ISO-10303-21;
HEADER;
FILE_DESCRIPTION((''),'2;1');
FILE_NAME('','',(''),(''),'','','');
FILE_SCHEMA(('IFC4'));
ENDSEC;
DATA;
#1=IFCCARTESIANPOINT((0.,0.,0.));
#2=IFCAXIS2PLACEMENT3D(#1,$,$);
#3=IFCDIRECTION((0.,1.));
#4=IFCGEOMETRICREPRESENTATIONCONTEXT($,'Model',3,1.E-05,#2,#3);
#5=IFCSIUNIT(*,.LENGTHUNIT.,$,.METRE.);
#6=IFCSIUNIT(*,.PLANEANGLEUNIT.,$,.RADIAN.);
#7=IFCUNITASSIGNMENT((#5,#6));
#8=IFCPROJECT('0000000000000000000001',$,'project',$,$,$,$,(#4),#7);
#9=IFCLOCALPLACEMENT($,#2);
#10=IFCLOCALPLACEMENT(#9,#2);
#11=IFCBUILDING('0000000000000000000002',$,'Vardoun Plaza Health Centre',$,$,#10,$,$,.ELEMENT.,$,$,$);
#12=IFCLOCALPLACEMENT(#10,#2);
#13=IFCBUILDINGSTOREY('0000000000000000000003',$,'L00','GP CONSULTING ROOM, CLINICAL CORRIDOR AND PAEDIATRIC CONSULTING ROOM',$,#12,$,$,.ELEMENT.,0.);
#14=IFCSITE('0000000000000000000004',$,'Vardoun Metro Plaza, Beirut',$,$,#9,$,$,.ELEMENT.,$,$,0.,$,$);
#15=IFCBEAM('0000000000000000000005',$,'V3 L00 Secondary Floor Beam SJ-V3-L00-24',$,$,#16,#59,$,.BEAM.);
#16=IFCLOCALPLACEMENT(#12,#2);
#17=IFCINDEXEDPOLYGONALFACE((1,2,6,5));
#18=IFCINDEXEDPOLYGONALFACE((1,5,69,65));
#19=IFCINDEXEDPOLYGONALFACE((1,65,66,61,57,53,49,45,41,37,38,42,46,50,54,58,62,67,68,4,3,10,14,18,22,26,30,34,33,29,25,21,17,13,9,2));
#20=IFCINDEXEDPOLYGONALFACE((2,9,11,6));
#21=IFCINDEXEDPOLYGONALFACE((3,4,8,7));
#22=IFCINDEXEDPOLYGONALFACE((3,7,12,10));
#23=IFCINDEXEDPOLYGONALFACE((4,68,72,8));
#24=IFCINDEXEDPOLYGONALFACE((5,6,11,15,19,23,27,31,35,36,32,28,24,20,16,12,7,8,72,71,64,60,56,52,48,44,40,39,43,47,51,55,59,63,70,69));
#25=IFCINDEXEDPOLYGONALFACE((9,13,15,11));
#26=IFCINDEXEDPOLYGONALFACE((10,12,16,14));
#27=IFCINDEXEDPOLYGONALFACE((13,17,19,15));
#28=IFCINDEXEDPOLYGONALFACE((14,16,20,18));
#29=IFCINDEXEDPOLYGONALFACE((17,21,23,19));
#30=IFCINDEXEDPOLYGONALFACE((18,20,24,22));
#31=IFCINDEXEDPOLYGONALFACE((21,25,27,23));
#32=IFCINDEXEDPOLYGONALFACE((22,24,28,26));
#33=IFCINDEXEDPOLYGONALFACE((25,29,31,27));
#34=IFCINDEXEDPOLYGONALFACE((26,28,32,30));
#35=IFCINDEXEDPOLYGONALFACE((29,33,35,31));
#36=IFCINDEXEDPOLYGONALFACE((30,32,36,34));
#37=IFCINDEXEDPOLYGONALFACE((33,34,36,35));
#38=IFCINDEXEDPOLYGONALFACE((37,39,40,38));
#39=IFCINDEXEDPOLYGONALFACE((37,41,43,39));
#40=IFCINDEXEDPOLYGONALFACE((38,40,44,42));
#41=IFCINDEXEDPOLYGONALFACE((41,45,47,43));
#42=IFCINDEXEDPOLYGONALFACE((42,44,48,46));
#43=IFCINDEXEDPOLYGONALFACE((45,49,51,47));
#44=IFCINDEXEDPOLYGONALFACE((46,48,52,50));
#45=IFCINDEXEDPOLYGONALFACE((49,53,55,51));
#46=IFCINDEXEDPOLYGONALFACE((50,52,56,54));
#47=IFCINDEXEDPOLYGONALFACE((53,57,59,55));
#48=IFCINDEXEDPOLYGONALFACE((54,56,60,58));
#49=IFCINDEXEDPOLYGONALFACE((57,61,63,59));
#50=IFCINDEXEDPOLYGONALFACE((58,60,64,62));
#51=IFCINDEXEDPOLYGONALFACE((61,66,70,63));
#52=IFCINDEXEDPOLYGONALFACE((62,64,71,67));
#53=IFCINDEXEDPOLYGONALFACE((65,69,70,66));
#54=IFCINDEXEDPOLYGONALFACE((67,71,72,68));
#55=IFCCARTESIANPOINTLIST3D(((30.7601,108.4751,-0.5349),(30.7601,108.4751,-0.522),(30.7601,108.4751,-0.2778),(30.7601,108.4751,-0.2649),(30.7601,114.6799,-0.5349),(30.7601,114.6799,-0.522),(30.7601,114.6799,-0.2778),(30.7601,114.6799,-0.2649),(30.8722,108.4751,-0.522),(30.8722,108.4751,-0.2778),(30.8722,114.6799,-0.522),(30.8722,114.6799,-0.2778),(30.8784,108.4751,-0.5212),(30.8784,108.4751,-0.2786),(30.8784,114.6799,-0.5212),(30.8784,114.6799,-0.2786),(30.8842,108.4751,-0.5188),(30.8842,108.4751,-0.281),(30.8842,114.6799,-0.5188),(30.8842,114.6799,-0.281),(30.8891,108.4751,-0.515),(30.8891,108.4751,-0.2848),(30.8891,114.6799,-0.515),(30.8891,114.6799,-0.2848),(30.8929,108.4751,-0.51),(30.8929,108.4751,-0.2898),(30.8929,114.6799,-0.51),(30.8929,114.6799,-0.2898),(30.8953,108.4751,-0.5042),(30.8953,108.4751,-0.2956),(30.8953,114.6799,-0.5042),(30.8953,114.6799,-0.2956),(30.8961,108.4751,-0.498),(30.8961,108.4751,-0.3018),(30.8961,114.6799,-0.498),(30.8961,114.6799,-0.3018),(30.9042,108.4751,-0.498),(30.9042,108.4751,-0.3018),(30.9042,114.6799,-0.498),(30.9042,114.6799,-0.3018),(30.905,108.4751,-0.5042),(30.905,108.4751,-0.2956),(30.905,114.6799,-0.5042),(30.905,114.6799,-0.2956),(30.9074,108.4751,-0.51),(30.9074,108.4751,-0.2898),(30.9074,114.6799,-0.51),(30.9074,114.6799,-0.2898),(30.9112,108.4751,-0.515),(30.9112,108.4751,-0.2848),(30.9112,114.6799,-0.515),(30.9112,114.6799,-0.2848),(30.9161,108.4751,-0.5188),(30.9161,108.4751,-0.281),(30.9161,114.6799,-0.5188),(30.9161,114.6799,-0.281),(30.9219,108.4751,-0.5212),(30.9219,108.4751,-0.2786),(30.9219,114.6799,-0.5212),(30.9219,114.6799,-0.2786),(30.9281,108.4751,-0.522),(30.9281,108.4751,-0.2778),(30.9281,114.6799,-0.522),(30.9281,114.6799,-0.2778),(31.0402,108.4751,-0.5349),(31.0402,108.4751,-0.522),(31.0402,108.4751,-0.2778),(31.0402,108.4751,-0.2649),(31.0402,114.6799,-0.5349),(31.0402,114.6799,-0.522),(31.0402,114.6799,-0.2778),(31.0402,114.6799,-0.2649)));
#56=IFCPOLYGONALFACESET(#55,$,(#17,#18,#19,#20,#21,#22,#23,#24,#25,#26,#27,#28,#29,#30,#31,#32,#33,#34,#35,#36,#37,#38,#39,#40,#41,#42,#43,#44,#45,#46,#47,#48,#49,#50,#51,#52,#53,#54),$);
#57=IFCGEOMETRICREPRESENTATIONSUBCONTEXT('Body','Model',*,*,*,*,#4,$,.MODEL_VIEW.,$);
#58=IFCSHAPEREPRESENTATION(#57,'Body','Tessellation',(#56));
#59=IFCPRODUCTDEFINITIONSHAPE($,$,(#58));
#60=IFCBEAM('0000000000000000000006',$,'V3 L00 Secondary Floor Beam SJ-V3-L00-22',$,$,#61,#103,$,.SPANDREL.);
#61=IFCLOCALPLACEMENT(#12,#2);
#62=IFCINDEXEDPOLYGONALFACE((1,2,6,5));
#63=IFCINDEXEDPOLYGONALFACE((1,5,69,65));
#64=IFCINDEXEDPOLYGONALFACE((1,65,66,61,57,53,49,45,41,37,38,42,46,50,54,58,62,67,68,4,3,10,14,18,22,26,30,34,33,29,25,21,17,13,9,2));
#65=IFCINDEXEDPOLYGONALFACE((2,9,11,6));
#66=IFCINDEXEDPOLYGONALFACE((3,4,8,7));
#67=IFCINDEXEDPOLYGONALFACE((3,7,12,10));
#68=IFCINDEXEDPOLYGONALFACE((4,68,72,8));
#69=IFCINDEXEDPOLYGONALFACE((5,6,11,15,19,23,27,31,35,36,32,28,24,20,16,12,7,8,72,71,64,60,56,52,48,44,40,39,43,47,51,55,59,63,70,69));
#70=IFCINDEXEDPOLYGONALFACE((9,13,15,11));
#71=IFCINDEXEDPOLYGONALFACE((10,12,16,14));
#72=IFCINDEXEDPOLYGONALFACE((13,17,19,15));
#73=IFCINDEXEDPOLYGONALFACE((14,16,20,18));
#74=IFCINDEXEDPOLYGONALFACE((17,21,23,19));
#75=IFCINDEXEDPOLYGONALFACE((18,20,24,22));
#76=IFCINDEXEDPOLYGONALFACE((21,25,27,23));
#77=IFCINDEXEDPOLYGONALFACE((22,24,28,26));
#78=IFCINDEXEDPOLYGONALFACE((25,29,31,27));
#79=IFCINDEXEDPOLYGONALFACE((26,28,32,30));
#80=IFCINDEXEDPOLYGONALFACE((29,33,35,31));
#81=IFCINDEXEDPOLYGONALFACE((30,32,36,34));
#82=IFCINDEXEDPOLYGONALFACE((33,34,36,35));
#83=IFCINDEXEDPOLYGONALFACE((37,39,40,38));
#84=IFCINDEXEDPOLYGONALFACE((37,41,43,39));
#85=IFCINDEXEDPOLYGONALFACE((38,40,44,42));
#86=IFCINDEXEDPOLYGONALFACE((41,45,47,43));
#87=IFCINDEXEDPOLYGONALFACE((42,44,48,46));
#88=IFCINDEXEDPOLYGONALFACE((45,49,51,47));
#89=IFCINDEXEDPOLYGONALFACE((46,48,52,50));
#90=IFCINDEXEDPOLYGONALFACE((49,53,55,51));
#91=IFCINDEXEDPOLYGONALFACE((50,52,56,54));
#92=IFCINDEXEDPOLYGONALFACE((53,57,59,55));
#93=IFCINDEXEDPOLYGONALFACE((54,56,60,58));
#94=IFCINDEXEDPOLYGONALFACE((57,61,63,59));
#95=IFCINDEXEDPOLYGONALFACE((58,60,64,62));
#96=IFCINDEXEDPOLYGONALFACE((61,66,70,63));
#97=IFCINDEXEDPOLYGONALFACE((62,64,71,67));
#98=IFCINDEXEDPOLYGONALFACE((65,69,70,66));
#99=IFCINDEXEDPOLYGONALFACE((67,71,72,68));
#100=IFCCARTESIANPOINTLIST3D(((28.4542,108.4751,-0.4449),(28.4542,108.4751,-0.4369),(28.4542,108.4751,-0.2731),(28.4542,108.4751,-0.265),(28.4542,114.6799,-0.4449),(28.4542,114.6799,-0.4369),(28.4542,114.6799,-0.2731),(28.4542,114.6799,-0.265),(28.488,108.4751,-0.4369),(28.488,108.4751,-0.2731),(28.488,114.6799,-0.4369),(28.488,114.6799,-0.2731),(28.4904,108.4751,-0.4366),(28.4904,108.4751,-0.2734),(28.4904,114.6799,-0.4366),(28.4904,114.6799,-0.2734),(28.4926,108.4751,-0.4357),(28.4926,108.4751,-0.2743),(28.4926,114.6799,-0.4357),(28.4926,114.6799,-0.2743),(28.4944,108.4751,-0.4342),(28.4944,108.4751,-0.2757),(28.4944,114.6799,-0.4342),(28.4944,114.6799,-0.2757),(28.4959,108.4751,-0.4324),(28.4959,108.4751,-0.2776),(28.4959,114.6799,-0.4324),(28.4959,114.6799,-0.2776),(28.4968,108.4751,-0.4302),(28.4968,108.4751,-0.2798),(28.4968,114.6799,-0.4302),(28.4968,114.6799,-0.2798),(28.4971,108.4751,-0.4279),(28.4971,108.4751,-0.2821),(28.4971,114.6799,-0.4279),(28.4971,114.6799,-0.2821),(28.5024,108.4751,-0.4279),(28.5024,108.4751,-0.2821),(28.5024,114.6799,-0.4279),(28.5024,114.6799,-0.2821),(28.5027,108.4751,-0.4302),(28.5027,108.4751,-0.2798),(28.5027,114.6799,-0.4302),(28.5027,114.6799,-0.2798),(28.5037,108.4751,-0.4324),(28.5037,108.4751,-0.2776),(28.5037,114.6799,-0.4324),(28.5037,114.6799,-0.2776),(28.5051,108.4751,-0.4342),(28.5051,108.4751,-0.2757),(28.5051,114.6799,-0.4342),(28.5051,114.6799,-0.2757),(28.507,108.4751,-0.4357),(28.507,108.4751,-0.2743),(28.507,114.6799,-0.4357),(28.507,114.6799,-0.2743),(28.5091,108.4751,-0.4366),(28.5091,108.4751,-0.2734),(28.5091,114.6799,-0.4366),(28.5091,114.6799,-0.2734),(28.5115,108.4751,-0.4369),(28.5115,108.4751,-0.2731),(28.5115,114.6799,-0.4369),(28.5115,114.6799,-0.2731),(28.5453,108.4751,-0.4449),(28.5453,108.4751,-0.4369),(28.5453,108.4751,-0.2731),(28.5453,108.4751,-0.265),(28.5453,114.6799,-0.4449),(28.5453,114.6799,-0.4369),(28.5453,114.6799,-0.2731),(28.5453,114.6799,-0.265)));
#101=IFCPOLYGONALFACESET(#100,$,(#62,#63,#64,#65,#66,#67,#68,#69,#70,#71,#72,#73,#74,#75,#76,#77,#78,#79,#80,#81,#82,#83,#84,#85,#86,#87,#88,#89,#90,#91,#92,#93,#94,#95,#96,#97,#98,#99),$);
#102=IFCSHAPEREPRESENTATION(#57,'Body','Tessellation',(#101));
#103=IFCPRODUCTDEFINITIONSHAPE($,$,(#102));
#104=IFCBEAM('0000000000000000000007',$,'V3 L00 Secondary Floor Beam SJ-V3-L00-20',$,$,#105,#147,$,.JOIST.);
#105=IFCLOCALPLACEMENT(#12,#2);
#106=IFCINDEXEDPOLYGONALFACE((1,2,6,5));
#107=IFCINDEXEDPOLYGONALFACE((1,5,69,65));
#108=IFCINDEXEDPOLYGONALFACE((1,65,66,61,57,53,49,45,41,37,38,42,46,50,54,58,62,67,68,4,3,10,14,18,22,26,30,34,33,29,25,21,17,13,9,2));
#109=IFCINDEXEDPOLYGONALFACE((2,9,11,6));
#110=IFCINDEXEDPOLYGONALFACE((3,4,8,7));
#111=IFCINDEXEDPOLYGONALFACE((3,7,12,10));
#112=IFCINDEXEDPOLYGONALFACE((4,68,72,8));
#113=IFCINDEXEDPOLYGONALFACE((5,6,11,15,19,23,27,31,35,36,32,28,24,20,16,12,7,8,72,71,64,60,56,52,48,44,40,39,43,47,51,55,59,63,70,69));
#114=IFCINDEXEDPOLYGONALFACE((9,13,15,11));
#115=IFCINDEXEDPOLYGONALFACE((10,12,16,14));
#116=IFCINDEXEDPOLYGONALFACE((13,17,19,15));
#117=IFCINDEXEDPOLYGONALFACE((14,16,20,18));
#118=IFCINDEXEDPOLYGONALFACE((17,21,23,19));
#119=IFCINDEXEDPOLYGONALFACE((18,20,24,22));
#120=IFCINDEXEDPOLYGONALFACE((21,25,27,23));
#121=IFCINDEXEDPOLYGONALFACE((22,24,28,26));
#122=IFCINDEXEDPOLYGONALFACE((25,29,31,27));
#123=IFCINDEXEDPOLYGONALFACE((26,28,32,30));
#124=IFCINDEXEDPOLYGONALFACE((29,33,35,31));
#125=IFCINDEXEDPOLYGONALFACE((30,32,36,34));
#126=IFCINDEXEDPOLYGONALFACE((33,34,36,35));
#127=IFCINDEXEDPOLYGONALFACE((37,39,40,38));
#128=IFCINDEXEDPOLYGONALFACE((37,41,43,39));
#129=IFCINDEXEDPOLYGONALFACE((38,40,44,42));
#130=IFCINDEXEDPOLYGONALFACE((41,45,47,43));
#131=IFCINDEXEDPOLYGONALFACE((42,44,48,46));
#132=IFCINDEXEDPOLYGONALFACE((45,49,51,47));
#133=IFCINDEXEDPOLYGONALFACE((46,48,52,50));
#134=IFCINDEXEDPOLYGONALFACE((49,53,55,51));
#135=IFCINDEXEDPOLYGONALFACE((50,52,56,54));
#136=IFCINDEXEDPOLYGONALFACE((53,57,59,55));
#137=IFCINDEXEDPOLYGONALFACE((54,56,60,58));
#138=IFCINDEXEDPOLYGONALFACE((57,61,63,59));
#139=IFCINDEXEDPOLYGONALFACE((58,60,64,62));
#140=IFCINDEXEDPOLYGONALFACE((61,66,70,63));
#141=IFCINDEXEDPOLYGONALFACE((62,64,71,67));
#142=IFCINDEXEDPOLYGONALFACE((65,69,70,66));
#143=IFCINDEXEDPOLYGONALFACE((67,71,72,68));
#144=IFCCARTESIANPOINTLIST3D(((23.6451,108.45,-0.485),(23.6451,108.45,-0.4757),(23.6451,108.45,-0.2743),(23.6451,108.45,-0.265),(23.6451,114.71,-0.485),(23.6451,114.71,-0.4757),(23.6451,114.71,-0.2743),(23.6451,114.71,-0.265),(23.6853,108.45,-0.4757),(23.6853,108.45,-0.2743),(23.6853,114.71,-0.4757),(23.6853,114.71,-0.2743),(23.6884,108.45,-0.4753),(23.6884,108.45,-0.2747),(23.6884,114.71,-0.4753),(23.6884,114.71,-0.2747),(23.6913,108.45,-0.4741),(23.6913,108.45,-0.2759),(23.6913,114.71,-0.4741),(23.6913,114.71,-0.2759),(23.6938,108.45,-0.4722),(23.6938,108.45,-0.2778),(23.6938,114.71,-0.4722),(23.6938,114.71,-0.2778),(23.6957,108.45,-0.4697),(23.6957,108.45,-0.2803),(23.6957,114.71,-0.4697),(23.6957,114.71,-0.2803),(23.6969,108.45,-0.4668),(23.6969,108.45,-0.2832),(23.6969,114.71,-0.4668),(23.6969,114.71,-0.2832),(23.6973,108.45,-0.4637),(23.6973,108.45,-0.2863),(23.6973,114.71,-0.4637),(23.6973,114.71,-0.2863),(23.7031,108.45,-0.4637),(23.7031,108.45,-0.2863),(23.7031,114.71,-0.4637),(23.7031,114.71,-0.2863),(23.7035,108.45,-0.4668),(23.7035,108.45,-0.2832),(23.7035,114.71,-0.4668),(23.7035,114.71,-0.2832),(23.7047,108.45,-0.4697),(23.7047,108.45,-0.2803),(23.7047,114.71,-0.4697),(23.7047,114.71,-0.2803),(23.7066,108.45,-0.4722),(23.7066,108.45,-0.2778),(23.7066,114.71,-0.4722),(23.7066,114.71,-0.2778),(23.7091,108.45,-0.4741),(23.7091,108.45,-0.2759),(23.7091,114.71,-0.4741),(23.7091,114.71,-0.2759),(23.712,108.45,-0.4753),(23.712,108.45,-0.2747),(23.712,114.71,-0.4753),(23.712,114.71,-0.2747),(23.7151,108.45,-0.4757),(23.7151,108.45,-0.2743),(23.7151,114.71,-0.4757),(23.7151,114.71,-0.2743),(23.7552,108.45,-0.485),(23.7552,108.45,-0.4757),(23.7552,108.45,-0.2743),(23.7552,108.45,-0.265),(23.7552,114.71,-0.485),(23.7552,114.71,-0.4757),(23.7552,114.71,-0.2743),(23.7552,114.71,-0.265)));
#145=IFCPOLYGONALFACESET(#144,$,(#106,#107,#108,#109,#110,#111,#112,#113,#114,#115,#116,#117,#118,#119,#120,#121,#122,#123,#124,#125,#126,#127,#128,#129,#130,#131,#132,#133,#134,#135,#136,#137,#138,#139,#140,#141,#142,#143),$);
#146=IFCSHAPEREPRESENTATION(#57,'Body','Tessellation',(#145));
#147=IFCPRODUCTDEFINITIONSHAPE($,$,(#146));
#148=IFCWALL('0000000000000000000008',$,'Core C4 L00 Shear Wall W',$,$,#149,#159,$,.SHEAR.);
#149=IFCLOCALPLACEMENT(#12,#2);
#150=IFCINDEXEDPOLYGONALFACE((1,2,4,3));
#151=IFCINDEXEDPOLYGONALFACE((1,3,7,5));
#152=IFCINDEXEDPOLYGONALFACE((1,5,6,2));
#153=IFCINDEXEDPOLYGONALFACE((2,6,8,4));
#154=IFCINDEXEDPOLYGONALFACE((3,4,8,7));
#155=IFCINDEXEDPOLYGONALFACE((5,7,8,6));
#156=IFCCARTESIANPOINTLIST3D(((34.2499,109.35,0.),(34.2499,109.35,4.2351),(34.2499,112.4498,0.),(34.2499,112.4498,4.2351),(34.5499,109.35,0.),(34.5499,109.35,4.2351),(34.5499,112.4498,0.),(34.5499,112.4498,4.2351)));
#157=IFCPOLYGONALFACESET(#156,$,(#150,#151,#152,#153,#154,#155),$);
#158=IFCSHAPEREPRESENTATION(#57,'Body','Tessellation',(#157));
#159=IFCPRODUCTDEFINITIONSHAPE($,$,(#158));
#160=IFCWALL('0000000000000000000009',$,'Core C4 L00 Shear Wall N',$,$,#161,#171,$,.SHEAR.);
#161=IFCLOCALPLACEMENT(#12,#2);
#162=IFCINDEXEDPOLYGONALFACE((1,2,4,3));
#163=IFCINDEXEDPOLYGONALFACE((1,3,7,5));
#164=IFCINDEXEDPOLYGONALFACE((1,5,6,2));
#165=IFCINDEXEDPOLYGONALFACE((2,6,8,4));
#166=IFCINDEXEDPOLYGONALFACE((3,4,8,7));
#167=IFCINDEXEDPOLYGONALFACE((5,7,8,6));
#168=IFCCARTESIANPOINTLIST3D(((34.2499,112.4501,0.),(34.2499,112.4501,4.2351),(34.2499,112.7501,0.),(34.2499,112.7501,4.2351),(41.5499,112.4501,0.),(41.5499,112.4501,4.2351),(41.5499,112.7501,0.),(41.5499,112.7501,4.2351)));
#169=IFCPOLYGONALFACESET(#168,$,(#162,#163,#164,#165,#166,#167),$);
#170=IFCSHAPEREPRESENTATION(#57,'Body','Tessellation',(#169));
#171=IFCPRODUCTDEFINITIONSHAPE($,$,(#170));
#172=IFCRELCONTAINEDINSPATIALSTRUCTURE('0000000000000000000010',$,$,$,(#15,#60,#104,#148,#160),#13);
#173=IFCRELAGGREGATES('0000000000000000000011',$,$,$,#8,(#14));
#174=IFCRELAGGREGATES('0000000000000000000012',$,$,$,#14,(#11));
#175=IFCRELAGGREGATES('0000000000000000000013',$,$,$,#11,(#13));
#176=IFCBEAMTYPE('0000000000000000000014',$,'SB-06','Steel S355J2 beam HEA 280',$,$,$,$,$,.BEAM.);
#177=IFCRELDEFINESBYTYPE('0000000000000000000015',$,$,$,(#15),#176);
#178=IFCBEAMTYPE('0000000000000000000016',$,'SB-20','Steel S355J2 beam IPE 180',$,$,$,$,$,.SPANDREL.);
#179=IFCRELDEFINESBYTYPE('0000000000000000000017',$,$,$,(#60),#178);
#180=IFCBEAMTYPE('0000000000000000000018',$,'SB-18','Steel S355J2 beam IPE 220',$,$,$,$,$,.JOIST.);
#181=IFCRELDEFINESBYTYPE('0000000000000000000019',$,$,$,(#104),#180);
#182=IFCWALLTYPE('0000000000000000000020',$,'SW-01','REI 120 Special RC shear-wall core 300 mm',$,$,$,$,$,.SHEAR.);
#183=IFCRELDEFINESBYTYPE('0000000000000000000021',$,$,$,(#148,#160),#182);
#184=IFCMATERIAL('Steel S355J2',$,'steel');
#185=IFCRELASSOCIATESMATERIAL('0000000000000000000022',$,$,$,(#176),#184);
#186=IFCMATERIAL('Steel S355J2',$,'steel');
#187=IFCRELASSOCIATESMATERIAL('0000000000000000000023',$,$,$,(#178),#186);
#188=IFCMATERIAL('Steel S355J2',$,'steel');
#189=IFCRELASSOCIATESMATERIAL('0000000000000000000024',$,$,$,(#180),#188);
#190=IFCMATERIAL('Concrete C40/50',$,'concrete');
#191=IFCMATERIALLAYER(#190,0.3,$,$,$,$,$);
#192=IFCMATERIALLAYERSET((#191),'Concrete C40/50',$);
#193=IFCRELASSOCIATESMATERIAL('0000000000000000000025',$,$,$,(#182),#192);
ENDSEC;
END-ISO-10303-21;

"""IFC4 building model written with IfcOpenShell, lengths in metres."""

from ifc_helpers import new_model, si_unit, direction, frame, frame_2d, origin, origin_2d, place, context, subcontext, project, spatial, rectangle, i_section, extrude, material, layer, layer_set, material_profile, profile_set, type_object, element, save


model = new_model("IFC4")

# Units and contexts
model_context = context("Model", 3, precision=1e-05, world=origin(), true_north=direction((0.0, 1.0)))
body_context = subcontext(model_context, "Body", "Model", "MODEL_VIEW")
ifc_project = project(units=[si_unit("LENGTHUNIT", "METRE"), si_unit("PLANEANGLEUNIT", "RADIAN")], contexts=[model_context])

# Site, building, storey
site_placement = place(None, origin())
site = spatial("IfcSite", under=ifc_project, at=site_placement, Name="Vardoun Metro Plaza, Beirut", CompositionType="ELEMENT", RefElevation=0.0)
building_placement = place(site_placement, origin())
building = spatial("IfcBuilding", under=site, at=building_placement, Name="Vardoun Plaza Health Centre", CompositionType="ELEMENT")
storey_placement = place(building_placement, origin())
storey = spatial("IfcBuildingStorey", under=building, at=storey_placement, Name="L00", Description="GP CONSULTING ROOM, CLINICAL CORRIDOR AND PAEDIATRIC CONSULTING ROOM", CompositionType="ELEMENT", Elevation=0.0)

# Beams
ifc_material_1 = material(Name="Steel S355J2", Category="steel")
ifc_material_profile_1 = material_profile(ifc_material_1, i_section(OverallWidth=0.28, OverallDepth=0.27, WebThickness=0.0081, FlangeThickness=0.0129, FilletRadius=0.0239, at=origin_2d()), Name="HEA 280")
ifc_profile_set_1 = profile_set([ifc_material_profile_1], Name="Steel S355J2")
beam_type_1 = type_object("IfcBeamType", Name="SB-06", Description="Steel S355J2 beam HEA 280", PredefinedType="BEAM", material=ifc_profile_set_1)
beam_1_placement = place(storey_placement, frame((30.9001, 108.4751, -0.3999), z_axis=(0.0, 1.0, 0.0), x_axis=(-1.0, 0.0, 0.0)))
element("IfcBeam", 1, at=beam_1_placement, inside=storey, type_object=beam_type_1, Name="V3 L00 Secondary Floor Beam SJ-V3-L00-24", PredefinedType="BEAM", context=body_context, shape_type="SweptSolid", body=[
    extrude(i_section(OverallWidth=0.28, OverallDepth=0.27, WebThickness=0.0081, FlangeThickness=0.0129, FilletRadius=0.0239, at=origin_2d()), origin(), (0.0, 0.0, 1.0), 6.2048),
])
ifc_material_2 = material(Name="Steel S355J2", Category="steel")
ifc_material_profile_2 = material_profile(ifc_material_2, i_section(OverallWidth=0.0911, OverallDepth=0.1799, WebThickness=0.0054, FlangeThickness=0.0081, FilletRadius=0.009, at=origin_2d()), Name="IPE 180")
ifc_profile_set_2 = profile_set([ifc_material_profile_2], Name="Steel S355J2")
beam_type_2 = type_object("IfcBeamType", Name="SB-20", Description="Steel S355J2 beam IPE 180", PredefinedType="SPANDREL", material=ifc_profile_set_2)
beam_2_placement = place(storey_placement, frame((28.4998, 108.4751, -0.355), z_axis=(0.0, 1.0, 0.0), x_axis=(-1.0, 0.0, 0.0)))
element("IfcBeam", 2, at=beam_2_placement, inside=storey, type_object=beam_type_2, Name="V3 L00 Secondary Floor Beam SJ-V3-L00-22", PredefinedType="SPANDREL", context=body_context, shape_type="SweptSolid", body=[
    extrude(i_section(OverallWidth=0.0911, OverallDepth=0.1799, WebThickness=0.0054, FlangeThickness=0.0081, FilletRadius=0.009, at=origin_2d()), origin(), (0.0, 0.0, 1.0), 6.2048),
])
ifc_material_3 = material(Name="Steel S355J2", Category="steel")
ifc_material_profile_3 = material_profile(ifc_material_3, i_section(OverallWidth=0.1101, OverallDepth=0.22, WebThickness=0.0059, FlangeThickness=0.0093, FilletRadius=0.012, at=origin_2d()), Name="IPE 220")
ifc_profile_set_3 = profile_set([ifc_material_profile_3], Name="Steel S355J2")
beam_type_3 = type_object("IfcBeamType", Name="SB-18", Description="Steel S355J2 beam IPE 220", PredefinedType="JOIST", material=ifc_profile_set_3)
beam_3_placement = place(storey_placement, frame((23.7002, 108.45, -0.375), z_axis=(0.0, 1.0, 0.0), x_axis=(-1.0, 0.0, 0.0)))
element("IfcBeam", 3, at=beam_3_placement, inside=storey, type_object=beam_type_3, Name="V3 L00 Secondary Floor Beam SJ-V3-L00-20", PredefinedType="JOIST", context=body_context, shape_type="SweptSolid", body=[
    extrude(i_section(OverallWidth=0.1101, OverallDepth=0.22, WebThickness=0.0059, FlangeThickness=0.0093, FilletRadius=0.012, at=origin_2d()), origin(), (0.0, 0.0, 1.0), 6.26),
])

# Walls
ifc_material_4 = material(Name="Concrete C40/50", Category="concrete")
ifc_layer_1 = layer(ifc_material_4, 0.3)
ifc_layer_set_1 = layer_set([ifc_layer_1], Name="Concrete C40/50")
wall_type_1 = type_object("IfcWallType", Name="SW-01", Description="REI 120 Special RC shear-wall core 300 mm", PredefinedType="SHEAR", material=ifc_layer_set_1)
wall_1_placement = place(storey_placement, frame((34.3999, 109.3501, 0.0), z_axis=(0.0, 0.0, 1.0), x_axis=(0.0, 1.0, 0.0)))
element("IfcWall", 4, at=wall_1_placement, inside=storey, type_object=wall_type_1, Name="Core C4 L00 Shear Wall W", PredefinedType="SHEAR", context=body_context, shape_type="SweptSolid", body=[
    extrude(rectangle(XDim=3.0999, YDim=0.3, at=frame_2d((1.5498, 0.0))), origin(), (0.0, 0.0, 1.0), 4.2351),
])
wall_2_placement = place(storey_placement, frame((34.25, 112.6001, 0.0), z_axis=(0.0, 0.0, 1.0), x_axis=(1.0, 0.0, 0.0)))
element("IfcWall", 5, at=wall_2_placement, inside=storey, type_object=wall_type_1, Name="Core C4 L00 Shear Wall N", PredefinedType="SHEAR", context=body_context, shape_type="SweptSolid", body=[
    extrude(rectangle(XDim=7.3, YDim=0.3, at=frame_2d((3.6499, 0.0))), origin(), (0.0, 0.0, 1.0), 4.2351),
])

save(model, "model.ifc")
